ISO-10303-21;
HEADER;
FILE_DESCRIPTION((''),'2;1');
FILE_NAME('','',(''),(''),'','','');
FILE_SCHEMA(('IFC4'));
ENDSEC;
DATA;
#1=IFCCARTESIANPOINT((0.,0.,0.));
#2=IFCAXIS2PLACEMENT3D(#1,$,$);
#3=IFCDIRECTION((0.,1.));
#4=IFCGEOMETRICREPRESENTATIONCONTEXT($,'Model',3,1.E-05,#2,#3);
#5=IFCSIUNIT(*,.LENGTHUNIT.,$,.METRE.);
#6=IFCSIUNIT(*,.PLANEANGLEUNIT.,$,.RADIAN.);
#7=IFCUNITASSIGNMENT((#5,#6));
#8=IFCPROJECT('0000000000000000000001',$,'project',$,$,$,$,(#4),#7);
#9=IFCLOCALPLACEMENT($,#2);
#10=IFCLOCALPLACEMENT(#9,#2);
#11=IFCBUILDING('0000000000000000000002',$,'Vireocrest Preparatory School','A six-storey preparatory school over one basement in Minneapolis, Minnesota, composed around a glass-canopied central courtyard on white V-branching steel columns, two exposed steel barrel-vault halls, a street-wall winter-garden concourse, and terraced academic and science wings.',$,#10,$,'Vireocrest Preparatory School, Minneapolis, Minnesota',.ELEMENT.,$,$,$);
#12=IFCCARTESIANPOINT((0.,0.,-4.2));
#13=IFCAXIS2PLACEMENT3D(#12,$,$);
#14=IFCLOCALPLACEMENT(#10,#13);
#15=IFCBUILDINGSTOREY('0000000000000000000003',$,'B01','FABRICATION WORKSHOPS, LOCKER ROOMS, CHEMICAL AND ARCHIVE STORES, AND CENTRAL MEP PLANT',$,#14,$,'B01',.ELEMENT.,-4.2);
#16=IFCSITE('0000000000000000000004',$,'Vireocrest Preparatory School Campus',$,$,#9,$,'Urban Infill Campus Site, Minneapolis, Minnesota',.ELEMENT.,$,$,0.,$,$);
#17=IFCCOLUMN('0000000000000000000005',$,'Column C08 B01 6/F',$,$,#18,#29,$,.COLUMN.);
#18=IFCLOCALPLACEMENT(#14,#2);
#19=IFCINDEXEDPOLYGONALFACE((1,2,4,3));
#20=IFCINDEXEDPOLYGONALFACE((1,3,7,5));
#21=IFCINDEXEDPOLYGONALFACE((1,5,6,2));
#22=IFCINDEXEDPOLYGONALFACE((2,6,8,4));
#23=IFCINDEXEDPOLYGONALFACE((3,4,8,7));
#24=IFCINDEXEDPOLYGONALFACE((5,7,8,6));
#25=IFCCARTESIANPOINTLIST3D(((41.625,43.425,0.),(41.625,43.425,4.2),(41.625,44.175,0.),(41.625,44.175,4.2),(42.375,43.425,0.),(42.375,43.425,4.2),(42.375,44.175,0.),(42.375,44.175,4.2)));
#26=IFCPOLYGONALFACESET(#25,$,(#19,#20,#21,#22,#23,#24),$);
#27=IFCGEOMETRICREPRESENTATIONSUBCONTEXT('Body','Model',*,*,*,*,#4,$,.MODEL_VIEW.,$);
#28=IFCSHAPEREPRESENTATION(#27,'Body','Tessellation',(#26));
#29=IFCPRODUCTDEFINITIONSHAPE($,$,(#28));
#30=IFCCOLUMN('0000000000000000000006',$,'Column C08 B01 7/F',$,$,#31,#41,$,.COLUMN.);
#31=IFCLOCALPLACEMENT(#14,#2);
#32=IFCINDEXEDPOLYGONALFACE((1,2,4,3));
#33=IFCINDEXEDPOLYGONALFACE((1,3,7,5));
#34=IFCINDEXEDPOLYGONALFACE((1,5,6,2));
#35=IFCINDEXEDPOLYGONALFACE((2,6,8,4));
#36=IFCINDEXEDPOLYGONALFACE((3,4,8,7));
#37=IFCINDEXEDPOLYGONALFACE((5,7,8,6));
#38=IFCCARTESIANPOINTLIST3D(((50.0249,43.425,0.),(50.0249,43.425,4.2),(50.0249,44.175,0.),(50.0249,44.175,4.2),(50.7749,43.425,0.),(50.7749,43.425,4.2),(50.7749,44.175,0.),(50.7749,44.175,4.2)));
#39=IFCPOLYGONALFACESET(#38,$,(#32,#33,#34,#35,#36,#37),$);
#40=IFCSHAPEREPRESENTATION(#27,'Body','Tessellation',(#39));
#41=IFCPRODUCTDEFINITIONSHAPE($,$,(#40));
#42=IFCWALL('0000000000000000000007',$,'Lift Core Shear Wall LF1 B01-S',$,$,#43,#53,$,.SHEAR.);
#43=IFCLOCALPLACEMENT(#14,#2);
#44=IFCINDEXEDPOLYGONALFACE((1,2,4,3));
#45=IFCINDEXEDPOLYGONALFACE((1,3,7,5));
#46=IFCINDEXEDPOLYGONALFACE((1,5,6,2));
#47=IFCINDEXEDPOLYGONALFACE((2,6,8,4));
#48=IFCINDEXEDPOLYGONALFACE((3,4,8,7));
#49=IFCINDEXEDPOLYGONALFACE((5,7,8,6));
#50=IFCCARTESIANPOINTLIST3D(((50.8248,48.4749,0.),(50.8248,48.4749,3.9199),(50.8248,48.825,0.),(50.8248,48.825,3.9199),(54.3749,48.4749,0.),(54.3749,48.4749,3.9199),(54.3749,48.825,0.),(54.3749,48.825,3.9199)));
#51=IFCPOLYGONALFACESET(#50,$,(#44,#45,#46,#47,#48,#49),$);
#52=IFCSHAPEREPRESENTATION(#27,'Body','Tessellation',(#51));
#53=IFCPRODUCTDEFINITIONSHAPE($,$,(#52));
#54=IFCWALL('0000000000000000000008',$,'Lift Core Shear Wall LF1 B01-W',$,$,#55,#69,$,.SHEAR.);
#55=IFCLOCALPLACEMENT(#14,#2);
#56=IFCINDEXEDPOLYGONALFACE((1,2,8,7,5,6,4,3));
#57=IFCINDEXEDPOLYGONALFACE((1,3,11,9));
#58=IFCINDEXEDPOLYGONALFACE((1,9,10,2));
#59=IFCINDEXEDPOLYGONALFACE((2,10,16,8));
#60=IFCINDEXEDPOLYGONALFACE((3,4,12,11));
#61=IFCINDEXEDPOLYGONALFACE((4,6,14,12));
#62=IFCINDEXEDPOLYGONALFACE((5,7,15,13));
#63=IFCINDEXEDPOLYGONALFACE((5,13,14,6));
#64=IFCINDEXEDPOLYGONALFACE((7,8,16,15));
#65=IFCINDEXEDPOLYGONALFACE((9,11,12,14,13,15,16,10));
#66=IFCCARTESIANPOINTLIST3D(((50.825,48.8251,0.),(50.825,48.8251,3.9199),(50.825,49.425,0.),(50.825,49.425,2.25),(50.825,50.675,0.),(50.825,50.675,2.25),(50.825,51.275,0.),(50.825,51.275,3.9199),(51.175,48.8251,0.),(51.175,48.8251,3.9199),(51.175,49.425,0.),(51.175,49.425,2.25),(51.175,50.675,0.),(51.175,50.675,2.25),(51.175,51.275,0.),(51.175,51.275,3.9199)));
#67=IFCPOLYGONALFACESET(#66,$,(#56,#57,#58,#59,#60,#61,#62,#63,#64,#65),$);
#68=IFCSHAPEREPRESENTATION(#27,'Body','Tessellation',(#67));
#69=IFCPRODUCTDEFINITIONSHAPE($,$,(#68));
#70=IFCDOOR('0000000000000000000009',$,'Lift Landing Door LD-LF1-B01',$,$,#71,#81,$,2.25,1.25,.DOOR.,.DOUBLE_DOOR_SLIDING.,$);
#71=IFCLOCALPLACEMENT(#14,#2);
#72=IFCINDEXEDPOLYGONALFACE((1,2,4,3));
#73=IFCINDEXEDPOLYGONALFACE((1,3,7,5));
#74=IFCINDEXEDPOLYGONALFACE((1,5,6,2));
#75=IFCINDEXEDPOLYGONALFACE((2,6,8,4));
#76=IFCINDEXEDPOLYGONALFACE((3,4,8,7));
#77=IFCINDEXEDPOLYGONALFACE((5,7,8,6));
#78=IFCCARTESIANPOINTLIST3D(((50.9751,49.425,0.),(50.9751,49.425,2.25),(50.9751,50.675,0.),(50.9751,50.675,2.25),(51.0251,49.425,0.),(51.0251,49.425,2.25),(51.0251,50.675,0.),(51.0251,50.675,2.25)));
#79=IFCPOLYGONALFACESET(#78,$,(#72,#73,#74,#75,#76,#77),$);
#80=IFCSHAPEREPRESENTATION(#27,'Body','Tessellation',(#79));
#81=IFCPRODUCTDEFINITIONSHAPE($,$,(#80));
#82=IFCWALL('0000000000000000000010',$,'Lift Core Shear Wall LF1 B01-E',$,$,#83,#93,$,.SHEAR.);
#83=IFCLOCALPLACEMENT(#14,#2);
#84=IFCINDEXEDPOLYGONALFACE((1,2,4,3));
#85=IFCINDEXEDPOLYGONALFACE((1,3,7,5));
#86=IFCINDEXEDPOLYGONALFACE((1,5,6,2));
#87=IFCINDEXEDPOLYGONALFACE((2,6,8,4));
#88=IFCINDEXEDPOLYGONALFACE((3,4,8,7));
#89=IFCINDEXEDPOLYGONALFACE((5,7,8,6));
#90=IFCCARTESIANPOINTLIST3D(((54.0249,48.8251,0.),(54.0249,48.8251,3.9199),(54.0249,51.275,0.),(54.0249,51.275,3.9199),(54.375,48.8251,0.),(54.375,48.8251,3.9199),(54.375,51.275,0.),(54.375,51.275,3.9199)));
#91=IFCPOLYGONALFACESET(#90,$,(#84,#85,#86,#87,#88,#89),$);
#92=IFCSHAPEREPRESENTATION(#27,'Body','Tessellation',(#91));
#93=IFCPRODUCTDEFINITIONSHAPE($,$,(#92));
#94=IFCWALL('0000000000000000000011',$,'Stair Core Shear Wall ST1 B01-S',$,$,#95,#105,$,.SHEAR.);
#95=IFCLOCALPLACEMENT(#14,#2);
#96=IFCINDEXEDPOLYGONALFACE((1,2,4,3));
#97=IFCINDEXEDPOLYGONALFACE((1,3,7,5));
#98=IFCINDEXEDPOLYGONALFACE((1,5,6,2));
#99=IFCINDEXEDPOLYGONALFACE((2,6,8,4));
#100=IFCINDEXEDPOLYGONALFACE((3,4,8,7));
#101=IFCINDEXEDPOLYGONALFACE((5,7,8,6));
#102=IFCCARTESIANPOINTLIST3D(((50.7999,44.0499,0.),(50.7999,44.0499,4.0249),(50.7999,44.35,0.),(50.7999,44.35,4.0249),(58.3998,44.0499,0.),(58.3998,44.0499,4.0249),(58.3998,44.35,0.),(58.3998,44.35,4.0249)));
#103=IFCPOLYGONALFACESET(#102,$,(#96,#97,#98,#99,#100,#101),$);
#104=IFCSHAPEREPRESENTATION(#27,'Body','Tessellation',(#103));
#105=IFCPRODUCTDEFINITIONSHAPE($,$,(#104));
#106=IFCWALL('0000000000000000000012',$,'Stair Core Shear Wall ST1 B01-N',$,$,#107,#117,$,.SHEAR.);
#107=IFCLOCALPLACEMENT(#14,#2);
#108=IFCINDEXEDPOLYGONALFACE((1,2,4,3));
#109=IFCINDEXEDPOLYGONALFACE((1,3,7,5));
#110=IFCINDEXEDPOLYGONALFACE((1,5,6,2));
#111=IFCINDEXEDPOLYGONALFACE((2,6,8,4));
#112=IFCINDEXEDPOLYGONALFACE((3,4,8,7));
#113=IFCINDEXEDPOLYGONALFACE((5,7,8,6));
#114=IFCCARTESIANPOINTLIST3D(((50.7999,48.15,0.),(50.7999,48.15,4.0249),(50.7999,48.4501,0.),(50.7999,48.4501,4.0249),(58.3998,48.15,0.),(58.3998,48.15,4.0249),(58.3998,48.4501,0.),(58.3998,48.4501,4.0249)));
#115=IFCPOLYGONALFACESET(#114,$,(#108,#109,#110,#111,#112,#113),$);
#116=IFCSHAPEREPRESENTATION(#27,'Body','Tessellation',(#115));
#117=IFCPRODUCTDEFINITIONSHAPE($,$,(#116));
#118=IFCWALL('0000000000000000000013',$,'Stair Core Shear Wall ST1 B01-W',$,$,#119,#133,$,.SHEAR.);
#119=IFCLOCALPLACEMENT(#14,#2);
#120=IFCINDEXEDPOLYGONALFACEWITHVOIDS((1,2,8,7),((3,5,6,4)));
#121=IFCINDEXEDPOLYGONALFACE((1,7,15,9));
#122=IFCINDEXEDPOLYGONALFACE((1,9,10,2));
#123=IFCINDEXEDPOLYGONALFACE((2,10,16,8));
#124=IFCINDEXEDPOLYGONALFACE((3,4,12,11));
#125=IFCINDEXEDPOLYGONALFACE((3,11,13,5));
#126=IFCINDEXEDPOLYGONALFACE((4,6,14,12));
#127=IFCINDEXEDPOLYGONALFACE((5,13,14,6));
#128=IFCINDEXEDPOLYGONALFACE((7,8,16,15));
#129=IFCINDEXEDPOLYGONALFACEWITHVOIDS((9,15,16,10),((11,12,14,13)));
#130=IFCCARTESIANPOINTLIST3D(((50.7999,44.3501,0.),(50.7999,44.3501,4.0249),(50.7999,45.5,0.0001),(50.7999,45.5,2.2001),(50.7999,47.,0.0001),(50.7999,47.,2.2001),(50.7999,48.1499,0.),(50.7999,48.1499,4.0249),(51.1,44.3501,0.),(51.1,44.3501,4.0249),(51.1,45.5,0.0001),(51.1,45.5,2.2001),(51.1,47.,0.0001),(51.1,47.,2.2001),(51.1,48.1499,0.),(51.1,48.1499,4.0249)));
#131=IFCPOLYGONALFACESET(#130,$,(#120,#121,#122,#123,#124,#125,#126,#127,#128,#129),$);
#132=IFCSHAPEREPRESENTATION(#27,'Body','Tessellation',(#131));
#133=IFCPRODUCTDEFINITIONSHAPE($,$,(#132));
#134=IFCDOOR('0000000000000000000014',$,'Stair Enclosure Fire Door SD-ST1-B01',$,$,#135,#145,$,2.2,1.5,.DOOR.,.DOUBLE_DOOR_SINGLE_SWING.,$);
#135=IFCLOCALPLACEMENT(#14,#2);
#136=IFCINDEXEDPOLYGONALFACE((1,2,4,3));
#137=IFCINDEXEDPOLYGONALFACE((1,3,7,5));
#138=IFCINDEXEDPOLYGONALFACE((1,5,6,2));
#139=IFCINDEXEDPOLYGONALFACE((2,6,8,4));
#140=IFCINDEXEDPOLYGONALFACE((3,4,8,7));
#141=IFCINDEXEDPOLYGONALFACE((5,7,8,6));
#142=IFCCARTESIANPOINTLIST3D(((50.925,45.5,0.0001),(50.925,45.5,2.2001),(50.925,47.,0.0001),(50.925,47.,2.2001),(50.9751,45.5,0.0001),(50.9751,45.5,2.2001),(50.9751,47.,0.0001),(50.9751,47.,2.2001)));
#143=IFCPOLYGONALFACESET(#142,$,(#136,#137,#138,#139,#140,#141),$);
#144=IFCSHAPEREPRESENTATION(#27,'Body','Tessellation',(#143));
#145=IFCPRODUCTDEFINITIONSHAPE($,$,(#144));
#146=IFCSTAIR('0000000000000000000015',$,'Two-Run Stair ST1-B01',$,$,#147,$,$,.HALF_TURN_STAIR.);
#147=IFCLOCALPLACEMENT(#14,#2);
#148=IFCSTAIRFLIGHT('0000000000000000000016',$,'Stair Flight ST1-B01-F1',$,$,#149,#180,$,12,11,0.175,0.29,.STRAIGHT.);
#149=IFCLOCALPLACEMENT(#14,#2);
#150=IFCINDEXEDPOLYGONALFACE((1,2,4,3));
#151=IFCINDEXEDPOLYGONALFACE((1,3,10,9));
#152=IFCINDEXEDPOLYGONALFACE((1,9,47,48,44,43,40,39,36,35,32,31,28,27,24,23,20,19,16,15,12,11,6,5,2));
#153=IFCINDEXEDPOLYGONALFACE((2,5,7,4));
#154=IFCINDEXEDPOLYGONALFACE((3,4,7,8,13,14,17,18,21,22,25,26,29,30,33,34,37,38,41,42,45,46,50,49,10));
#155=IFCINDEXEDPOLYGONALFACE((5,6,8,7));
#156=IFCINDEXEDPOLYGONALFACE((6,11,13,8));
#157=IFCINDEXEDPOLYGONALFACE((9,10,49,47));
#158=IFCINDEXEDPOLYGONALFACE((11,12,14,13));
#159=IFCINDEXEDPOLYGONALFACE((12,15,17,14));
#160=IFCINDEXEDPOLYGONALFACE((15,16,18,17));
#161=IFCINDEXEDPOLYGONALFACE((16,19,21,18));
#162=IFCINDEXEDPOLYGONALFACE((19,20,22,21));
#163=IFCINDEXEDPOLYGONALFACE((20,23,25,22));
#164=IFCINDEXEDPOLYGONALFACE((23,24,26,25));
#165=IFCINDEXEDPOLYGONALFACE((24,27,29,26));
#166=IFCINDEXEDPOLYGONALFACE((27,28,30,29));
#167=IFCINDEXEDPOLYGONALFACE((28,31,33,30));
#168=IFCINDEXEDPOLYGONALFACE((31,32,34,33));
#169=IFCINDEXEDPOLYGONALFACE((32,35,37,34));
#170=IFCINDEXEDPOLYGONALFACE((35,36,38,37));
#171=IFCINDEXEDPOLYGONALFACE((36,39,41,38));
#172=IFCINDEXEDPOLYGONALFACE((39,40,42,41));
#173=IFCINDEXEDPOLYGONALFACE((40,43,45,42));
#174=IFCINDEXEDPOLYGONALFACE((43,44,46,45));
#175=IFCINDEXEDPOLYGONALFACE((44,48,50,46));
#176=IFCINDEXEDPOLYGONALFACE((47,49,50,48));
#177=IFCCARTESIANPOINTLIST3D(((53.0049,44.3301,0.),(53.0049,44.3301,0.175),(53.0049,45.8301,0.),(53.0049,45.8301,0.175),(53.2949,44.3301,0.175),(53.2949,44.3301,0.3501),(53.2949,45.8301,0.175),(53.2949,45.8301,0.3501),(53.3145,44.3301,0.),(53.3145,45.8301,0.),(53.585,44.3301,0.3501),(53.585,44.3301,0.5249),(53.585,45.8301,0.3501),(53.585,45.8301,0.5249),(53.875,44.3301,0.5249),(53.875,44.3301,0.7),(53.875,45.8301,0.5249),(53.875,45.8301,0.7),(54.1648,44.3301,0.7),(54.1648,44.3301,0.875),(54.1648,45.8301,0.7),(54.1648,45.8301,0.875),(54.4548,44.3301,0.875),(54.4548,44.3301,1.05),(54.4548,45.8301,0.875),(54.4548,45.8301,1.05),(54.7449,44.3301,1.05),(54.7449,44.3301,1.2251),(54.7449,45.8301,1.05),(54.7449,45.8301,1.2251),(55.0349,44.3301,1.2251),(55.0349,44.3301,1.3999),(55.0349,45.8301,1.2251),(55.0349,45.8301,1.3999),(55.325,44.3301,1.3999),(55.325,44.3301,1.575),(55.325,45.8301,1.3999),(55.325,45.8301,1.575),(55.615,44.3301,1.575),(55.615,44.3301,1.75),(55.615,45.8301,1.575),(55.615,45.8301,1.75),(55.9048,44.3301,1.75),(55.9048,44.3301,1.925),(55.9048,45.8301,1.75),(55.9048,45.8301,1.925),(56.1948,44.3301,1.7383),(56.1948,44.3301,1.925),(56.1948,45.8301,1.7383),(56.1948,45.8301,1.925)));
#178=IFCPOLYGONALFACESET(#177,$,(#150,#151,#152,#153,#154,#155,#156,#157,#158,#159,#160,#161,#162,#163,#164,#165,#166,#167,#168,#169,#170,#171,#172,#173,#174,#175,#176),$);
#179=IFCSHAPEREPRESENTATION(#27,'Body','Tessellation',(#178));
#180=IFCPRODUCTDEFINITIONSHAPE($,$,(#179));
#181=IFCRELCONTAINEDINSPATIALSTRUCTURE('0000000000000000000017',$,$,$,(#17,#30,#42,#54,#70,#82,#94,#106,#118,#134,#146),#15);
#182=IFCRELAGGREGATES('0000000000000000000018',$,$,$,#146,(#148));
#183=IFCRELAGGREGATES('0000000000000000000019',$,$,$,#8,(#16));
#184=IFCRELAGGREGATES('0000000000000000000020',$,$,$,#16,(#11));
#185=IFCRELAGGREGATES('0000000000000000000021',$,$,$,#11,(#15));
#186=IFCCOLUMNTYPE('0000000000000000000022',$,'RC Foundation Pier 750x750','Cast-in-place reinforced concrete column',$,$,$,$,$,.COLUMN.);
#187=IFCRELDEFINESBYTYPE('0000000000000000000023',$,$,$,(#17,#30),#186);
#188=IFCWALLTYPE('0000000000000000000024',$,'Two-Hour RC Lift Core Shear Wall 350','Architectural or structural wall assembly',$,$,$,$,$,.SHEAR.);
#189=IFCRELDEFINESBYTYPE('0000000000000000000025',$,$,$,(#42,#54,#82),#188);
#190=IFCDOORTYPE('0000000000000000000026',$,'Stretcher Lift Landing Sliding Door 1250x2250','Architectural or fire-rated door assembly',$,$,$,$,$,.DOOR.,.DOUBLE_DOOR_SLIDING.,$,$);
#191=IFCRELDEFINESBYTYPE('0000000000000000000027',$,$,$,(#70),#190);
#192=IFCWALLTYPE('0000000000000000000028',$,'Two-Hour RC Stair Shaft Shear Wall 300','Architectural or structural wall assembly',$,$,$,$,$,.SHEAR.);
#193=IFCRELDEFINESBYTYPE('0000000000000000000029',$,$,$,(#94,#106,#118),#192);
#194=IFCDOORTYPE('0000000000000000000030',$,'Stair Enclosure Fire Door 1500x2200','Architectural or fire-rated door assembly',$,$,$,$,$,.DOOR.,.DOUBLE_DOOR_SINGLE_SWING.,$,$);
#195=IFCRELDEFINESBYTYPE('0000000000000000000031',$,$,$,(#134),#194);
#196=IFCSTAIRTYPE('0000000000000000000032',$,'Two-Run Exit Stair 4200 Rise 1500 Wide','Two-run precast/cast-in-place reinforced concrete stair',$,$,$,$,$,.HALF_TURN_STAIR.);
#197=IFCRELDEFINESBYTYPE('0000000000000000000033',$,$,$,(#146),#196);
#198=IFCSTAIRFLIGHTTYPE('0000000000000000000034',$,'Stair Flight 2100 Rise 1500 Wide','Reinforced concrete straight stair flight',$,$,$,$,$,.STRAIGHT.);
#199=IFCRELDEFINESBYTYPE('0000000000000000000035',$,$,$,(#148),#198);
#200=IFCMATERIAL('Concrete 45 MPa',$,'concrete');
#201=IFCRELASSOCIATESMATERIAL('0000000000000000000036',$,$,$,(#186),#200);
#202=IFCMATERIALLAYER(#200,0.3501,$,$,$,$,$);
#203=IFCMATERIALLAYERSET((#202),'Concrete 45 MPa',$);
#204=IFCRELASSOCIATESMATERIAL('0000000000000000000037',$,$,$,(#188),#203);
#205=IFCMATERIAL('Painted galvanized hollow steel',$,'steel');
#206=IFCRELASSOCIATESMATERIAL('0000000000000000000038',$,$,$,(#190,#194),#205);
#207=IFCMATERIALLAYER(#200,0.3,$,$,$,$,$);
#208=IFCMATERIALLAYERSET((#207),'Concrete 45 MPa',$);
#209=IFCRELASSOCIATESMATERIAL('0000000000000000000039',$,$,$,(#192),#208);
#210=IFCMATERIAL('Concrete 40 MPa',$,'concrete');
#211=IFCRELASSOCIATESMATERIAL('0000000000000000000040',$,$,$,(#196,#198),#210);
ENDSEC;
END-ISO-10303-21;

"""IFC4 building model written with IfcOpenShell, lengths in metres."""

from ifc_helpers import new_model, si_unit, direction, frame, frame_2d, origin, origin_2d, place, context, subcontext, project, spatial, polyline, rectangle, outline, extrude, material, layer, layer_set, material_profile, profile_set, type_object, element, fill, aggregate, save


model = new_model("IFC4")

# Units and contexts
model_context = context("Model", 3, precision=1e-05, world=origin(), true_north=direction((0.0, 1.0)))
body_context = subcontext(model_context, "Body", "Model", "MODEL_VIEW")
ifc_project = project(units=[si_unit("LENGTHUNIT", "METRE"), si_unit("PLANEANGLEUNIT", "RADIAN")], contexts=[model_context])

# Site, building, storey
site_placement = place(None, origin())
site = spatial("IfcSite", under=ifc_project, at=site_placement, Name="Vireocrest Preparatory School Campus", LongName="Urban Infill Campus Site, Minneapolis, Minnesota", CompositionType="ELEMENT", RefElevation=0.0)
building_placement = place(site_placement, origin())
building = spatial("IfcBuilding", under=site, at=building_placement, Name="Vireocrest Preparatory School", Description="A six-storey preparatory school over one basement in Minneapolis, Minnesota, composed around a glass-canopied central courtyard on white V-branching steel columns, two exposed steel barrel-vault halls, a street-wall winter-garden concourse, and terraced academic and science wings.", LongName="Vireocrest Preparatory School, Minneapolis, Minnesota", CompositionType="ELEMENT")
storey_placement = place(building_placement, frame((0.0, 0.0, -4.2)))
storey = spatial("IfcBuildingStorey", under=building, at=storey_placement, Name="B01", Description="FABRICATION WORKSHOPS, LOCKER ROOMS, CHEMICAL AND ARCHIVE STORES, AND CENTRAL MEP PLANT", LongName="B01", CompositionType="ELEMENT", Elevation=-4.2)

# Shared definitions
ifc_material_1 = material(Name="Concrete 40 MPa", Category="concrete")

# Columns
ifc_material_2 = material(Name="Concrete 45 MPa", Category="concrete")
ifc_material_profile_1 = material_profile(ifc_material_2, rectangle(XDim=0.75, YDim=0.75, at=origin_2d()), Name="RC 750x750")
ifc_profile_set_1 = profile_set([ifc_material_profile_1], Name="Concrete 45 MPa")
column_type = type_object("IfcColumnType", Name="RC Foundation Pier 750x750", Description="Cast-in-place reinforced concrete column", PredefinedType="COLUMN", material=ifc_profile_set_1)
for number, where, z_axis, x_axis, name in (
    (1, (42.0, 43.8, 0.0), (0.0, 0.0, 1.0), (1.0, 0.0, 0.0), "Column C08 B01 6/F"),
    (2, (50.3999, 43.8, 0.0), (0.0, 0.0, 1.0), (1.0, 0.0, 0.0), "Column C08 B01 7/F"),
):
    element("IfcColumn", number, at=place(storey_placement, frame(where, z_axis=z_axis, x_axis=x_axis)), inside=storey, type_object=column_type, Name=name, PredefinedType="COLUMN", context=body_context, shape_type="SweptSolid", body=[
        extrude(rectangle(XDim=0.75, YDim=0.75, at=origin_2d()), origin(), (0.0, 0.0, 1.0), 4.2),
    ])

# Wall
ifc_layer_1 = layer(ifc_material_2, 0.3501)
ifc_layer_set_1 = layer_set([ifc_layer_1], Name="Concrete 45 MPa")
wall_type_1 = type_object("IfcWallType", Name="Two-Hour RC Lift Core Shear Wall 350", Description="Architectural or structural wall assembly", PredefinedType="SHEAR", material=ifc_layer_set_1)
wall_1_placement = place(storey_placement, frame((50.825, 48.6499, 0.0), z_axis=(0.0, 0.0, 1.0), x_axis=(1.0, 0.0, 0.0)))
element("IfcWall", 3, at=wall_1_placement, inside=storey, type_object=wall_type_1, Name="Lift Core Shear Wall LF1 B01-S", PredefinedType="SHEAR", context=body_context, shape_type="SweptSolid", body=[
    extrude(rectangle(XDim=3.55, YDim=0.3501, at=frame_2d((1.7749, 0.0))), origin(), (0.0, 0.0, 1.0), 3.9199),
])

# Wall, opening, door
wall_2_placement = place(storey_placement, frame((51.0, 48.825, 0.0), z_axis=(0.0, 0.0, 1.0), x_axis=(0.0, 1.0, 0.0)))
wall_2 = element("IfcWall", 4, at=wall_2_placement, inside=storey, type_object=wall_type_1, Name="Lift Core Shear Wall LF1 B01-W", PredefinedType="SHEAR", context=body_context, shape_type="SweptSolid", body=[
    extrude(rectangle(XDim=2.45, YDim=0.3501, at=frame_2d((1.2251, 0.0))), origin(), (0.0, 0.0, 1.0), 3.9199),
])
opening_1_placement = place(wall_2_placement, frame((0.6001, 0.0, 0.0)))
opening_1 = element("IfcOpeningElement", 5, at=opening_1_placement, cuts=wall_2, PredefinedType="OPENING", context=body_context, shape_type="SweptSolid", body=[
    extrude(rectangle(XDim=1.25, YDim=2.25, at=frame_2d((0.625, 1.125))), frame((0.0, 0.1851, 0.0), z_axis=(0.0, -1.0, 0.0), x_axis=(1.0, 0.0, 0.0)), (0.0, 0.0, 1.0), 0.3701),
])
ifc_material_3 = material(Name="Painted galvanized hollow steel", Category="steel")
door_type_1 = type_object("IfcDoorType", Name="Stretcher Lift Landing Sliding Door 1250x2250", Description="Architectural or fire-rated door assembly", OperationType="DOUBLE_DOOR_SLIDING", PredefinedType="DOOR", material=ifc_material_3)
door_1_placement = place(opening_1_placement, origin())
door_1 = element("IfcDoor", 6, at=door_1_placement, inside=storey, type_object=door_type_1, Name="Lift Landing Door LD-LF1-B01", OperationType="DOUBLE_DOOR_SLIDING", OverallHeight=2.25, OverallWidth=1.25, PredefinedType="DOOR", context=body_context, shape_type="SweptSolid", body=[
    extrude(rectangle(XDim=1.25, YDim=2.25, at=frame_2d((0.625, 1.125))), frame((0.0, 0.0249, 0.0), z_axis=(0.0, -1.0, 0.0), x_axis=(1.0, 0.0, 0.0)), (0.0, 0.0, 1.0), 0.05),
])
fill(opening_1, door_1)

# Walls
wall_3_placement = place(storey_placement, frame((54.2, 48.825, 0.0), z_axis=(0.0, 0.0, 1.0), x_axis=(0.0, 1.0, 0.0)))
element("IfcWall", 7, at=wall_3_placement, inside=storey, type_object=wall_type_1, Name="Lift Core Shear Wall LF1 B01-E", PredefinedType="SHEAR", context=body_context, shape_type="SweptSolid", body=[
    extrude(rectangle(XDim=2.45, YDim=0.3501, at=frame_2d((1.2251, 0.0))), origin(), (0.0, 0.0, 1.0), 3.9199),
])
ifc_layer_2 = layer(ifc_material_2, 0.3)
ifc_layer_set_2 = layer_set([ifc_layer_2], Name="Concrete 45 MPa")
wall_type_2 = type_object("IfcWallType", Name="Two-Hour RC Stair Shaft Shear Wall 300", Description="Architectural or structural wall assembly", PredefinedType="SHEAR", material=ifc_layer_set_2)
for number, where, z_axis, x_axis, name in (
    (8, (50.8, 44.2, 0.0), (0.0, 0.0, 1.0), (1.0, 0.0, 0.0), "Stair Core Shear Wall ST1 B01-S"),
    (9, (50.8, 48.3, 0.0), (0.0, 0.0, 1.0), (1.0, 0.0, 0.0), "Stair Core Shear Wall ST1 B01-N"),
):
    element("IfcWall", number, at=place(storey_placement, frame(where, z_axis=z_axis, x_axis=x_axis)), inside=storey, type_object=wall_type_2, Name=name, PredefinedType="SHEAR", context=body_context, shape_type="SweptSolid", body=[
        extrude(rectangle(XDim=7.5999, YDim=0.3, at=frame_2d((3.7998, 0.0))), origin(), (0.0, 0.0, 1.0), 4.0249),
    ])

# Wall, opening, door
wall_4_placement = place(storey_placement, frame((50.95, 44.3501, 0.0), z_axis=(0.0, 0.0, 1.0), x_axis=(0.0, 1.0, 0.0)))
wall_4 = element("IfcWall", 10, at=wall_4_placement, inside=storey, type_object=wall_type_2, Name="Stair Core Shear Wall ST1 B01-W", PredefinedType="SHEAR", context=body_context, shape_type="SweptSolid", body=[
    extrude(rectangle(XDim=3.7998, YDim=0.3, at=frame_2d((1.8999, 0.0))), origin(), (0.0, 0.0, 1.0), 4.0249),
])
opening_2_placement = place(wall_4_placement, frame((1.1499, 0.0, 0.0)))
opening_2 = element("IfcOpeningElement", 11, at=opening_2_placement, cuts=wall_4, PredefinedType="OPENING", context=body_context, shape_type="SweptSolid", body=[
    extrude(rectangle(XDim=1.5, YDim=2.2, at=frame_2d((0.75, 1.1001))), frame((0.0, 0.1599, 0.0), z_axis=(0.0, -1.0, 0.0), x_axis=(1.0, 0.0, 0.0)), (0.0, 0.0, 1.0), 0.3201),
])
door_type_2 = type_object("IfcDoorType", Name="Stair Enclosure Fire Door 1500x2200", Description="Architectural or fire-rated door assembly", OperationType="DOUBLE_DOOR_SINGLE_SWING", PredefinedType="DOOR", material=ifc_material_3)
door_2_placement = place(opening_2_placement, origin())
door_2 = element("IfcDoor", 12, at=door_2_placement, inside=storey, type_object=door_type_2, Name="Stair Enclosure Fire Door SD-ST1-B01", OperationType="DOUBLE_DOOR_SINGLE_SWING", OverallHeight=2.2, OverallWidth=1.5, PredefinedType="DOOR", context=body_context, shape_type="SweptSolid", body=[
    extrude(rectangle(XDim=1.5, YDim=2.2, at=frame_2d((0.75, 1.1001))), frame((0.0, 0.0249, 0.0), z_axis=(0.0, -1.0, 0.0), x_axis=(1.0, 0.0, 0.0)), (0.0, 0.0, 1.0), 0.05),
])
fill(opening_2, door_2)

# Stair, stair flight
stair_type = type_object("IfcStairType", Name="Two-Run Exit Stair 4200 Rise 1500 Wide", Description="Two-run precast/cast-in-place reinforced concrete stair", PredefinedType="HALF_TURN_STAIR", material=ifc_material_1)
stair_placement = place(storey_placement, origin())
stair = element("IfcStair", 13, at=stair_placement, inside=storey, type_object=stair_type, Name="Two-Run Stair ST1-B01", PredefinedType="HALF_TURN_STAIR")
stair_flight_type = type_object("IfcStairFlightType", Name="Stair Flight 2100 Rise 1500 Wide", Description="Reinforced concrete straight stair flight", PredefinedType="STRAIGHT", material=ifc_material_1)
stair_flight_placement = place(storey_placement, frame((53.0049, 45.0801, 0.0), z_axis=(0.0, 0.0, 1.0), x_axis=(1.0, 0.0, 0.0)))
stair_flight = element("IfcStairFlight", 14, at=stair_flight_placement, type_object=stair_flight_type, Name="Stair Flight ST1-B01-F1", NumberOfRisers=12, NumberOfTreads=11, PredefinedType="STRAIGHT", RiserHeight=0.175, TreadLength=0.29, context=body_context, shape_type="SweptSolid", body=[
    extrude(outline(polyline([(0.0, 0.0), (0.0, 0.175), (0.29, 0.175), (0.29, 0.3501), (0.5801, 0.3501), (0.5801, 0.5249), (0.8701, 0.5249), (0.8701, 0.7), (1.1599, 0.7), (1.1599, 0.875), (1.45, 0.875), (1.45, 1.05), (1.74, 1.05), (1.74, 1.2251), (2.03, 1.2251), (2.03, 1.3999), (2.3201, 1.3999), (2.3201, 1.575), (2.6101, 1.575), (2.6101, 1.75), (2.8999, 1.75), (2.8999, 1.925), (3.1899, 1.925), (3.1899, 2.1001), (3.1899, 1.7383), (0.3096, 0.0), (0.0, 0.0)])), frame((0.0, 0.75, 0.0), z_axis=(0.0, -1.0, 0.0), x_axis=(1.0, 0.0, 0.0)), (0.0, 0.0, 1.0), 1.5),
])
aggregate(stair, [stair_flight])

save(model, "model.ifc")
